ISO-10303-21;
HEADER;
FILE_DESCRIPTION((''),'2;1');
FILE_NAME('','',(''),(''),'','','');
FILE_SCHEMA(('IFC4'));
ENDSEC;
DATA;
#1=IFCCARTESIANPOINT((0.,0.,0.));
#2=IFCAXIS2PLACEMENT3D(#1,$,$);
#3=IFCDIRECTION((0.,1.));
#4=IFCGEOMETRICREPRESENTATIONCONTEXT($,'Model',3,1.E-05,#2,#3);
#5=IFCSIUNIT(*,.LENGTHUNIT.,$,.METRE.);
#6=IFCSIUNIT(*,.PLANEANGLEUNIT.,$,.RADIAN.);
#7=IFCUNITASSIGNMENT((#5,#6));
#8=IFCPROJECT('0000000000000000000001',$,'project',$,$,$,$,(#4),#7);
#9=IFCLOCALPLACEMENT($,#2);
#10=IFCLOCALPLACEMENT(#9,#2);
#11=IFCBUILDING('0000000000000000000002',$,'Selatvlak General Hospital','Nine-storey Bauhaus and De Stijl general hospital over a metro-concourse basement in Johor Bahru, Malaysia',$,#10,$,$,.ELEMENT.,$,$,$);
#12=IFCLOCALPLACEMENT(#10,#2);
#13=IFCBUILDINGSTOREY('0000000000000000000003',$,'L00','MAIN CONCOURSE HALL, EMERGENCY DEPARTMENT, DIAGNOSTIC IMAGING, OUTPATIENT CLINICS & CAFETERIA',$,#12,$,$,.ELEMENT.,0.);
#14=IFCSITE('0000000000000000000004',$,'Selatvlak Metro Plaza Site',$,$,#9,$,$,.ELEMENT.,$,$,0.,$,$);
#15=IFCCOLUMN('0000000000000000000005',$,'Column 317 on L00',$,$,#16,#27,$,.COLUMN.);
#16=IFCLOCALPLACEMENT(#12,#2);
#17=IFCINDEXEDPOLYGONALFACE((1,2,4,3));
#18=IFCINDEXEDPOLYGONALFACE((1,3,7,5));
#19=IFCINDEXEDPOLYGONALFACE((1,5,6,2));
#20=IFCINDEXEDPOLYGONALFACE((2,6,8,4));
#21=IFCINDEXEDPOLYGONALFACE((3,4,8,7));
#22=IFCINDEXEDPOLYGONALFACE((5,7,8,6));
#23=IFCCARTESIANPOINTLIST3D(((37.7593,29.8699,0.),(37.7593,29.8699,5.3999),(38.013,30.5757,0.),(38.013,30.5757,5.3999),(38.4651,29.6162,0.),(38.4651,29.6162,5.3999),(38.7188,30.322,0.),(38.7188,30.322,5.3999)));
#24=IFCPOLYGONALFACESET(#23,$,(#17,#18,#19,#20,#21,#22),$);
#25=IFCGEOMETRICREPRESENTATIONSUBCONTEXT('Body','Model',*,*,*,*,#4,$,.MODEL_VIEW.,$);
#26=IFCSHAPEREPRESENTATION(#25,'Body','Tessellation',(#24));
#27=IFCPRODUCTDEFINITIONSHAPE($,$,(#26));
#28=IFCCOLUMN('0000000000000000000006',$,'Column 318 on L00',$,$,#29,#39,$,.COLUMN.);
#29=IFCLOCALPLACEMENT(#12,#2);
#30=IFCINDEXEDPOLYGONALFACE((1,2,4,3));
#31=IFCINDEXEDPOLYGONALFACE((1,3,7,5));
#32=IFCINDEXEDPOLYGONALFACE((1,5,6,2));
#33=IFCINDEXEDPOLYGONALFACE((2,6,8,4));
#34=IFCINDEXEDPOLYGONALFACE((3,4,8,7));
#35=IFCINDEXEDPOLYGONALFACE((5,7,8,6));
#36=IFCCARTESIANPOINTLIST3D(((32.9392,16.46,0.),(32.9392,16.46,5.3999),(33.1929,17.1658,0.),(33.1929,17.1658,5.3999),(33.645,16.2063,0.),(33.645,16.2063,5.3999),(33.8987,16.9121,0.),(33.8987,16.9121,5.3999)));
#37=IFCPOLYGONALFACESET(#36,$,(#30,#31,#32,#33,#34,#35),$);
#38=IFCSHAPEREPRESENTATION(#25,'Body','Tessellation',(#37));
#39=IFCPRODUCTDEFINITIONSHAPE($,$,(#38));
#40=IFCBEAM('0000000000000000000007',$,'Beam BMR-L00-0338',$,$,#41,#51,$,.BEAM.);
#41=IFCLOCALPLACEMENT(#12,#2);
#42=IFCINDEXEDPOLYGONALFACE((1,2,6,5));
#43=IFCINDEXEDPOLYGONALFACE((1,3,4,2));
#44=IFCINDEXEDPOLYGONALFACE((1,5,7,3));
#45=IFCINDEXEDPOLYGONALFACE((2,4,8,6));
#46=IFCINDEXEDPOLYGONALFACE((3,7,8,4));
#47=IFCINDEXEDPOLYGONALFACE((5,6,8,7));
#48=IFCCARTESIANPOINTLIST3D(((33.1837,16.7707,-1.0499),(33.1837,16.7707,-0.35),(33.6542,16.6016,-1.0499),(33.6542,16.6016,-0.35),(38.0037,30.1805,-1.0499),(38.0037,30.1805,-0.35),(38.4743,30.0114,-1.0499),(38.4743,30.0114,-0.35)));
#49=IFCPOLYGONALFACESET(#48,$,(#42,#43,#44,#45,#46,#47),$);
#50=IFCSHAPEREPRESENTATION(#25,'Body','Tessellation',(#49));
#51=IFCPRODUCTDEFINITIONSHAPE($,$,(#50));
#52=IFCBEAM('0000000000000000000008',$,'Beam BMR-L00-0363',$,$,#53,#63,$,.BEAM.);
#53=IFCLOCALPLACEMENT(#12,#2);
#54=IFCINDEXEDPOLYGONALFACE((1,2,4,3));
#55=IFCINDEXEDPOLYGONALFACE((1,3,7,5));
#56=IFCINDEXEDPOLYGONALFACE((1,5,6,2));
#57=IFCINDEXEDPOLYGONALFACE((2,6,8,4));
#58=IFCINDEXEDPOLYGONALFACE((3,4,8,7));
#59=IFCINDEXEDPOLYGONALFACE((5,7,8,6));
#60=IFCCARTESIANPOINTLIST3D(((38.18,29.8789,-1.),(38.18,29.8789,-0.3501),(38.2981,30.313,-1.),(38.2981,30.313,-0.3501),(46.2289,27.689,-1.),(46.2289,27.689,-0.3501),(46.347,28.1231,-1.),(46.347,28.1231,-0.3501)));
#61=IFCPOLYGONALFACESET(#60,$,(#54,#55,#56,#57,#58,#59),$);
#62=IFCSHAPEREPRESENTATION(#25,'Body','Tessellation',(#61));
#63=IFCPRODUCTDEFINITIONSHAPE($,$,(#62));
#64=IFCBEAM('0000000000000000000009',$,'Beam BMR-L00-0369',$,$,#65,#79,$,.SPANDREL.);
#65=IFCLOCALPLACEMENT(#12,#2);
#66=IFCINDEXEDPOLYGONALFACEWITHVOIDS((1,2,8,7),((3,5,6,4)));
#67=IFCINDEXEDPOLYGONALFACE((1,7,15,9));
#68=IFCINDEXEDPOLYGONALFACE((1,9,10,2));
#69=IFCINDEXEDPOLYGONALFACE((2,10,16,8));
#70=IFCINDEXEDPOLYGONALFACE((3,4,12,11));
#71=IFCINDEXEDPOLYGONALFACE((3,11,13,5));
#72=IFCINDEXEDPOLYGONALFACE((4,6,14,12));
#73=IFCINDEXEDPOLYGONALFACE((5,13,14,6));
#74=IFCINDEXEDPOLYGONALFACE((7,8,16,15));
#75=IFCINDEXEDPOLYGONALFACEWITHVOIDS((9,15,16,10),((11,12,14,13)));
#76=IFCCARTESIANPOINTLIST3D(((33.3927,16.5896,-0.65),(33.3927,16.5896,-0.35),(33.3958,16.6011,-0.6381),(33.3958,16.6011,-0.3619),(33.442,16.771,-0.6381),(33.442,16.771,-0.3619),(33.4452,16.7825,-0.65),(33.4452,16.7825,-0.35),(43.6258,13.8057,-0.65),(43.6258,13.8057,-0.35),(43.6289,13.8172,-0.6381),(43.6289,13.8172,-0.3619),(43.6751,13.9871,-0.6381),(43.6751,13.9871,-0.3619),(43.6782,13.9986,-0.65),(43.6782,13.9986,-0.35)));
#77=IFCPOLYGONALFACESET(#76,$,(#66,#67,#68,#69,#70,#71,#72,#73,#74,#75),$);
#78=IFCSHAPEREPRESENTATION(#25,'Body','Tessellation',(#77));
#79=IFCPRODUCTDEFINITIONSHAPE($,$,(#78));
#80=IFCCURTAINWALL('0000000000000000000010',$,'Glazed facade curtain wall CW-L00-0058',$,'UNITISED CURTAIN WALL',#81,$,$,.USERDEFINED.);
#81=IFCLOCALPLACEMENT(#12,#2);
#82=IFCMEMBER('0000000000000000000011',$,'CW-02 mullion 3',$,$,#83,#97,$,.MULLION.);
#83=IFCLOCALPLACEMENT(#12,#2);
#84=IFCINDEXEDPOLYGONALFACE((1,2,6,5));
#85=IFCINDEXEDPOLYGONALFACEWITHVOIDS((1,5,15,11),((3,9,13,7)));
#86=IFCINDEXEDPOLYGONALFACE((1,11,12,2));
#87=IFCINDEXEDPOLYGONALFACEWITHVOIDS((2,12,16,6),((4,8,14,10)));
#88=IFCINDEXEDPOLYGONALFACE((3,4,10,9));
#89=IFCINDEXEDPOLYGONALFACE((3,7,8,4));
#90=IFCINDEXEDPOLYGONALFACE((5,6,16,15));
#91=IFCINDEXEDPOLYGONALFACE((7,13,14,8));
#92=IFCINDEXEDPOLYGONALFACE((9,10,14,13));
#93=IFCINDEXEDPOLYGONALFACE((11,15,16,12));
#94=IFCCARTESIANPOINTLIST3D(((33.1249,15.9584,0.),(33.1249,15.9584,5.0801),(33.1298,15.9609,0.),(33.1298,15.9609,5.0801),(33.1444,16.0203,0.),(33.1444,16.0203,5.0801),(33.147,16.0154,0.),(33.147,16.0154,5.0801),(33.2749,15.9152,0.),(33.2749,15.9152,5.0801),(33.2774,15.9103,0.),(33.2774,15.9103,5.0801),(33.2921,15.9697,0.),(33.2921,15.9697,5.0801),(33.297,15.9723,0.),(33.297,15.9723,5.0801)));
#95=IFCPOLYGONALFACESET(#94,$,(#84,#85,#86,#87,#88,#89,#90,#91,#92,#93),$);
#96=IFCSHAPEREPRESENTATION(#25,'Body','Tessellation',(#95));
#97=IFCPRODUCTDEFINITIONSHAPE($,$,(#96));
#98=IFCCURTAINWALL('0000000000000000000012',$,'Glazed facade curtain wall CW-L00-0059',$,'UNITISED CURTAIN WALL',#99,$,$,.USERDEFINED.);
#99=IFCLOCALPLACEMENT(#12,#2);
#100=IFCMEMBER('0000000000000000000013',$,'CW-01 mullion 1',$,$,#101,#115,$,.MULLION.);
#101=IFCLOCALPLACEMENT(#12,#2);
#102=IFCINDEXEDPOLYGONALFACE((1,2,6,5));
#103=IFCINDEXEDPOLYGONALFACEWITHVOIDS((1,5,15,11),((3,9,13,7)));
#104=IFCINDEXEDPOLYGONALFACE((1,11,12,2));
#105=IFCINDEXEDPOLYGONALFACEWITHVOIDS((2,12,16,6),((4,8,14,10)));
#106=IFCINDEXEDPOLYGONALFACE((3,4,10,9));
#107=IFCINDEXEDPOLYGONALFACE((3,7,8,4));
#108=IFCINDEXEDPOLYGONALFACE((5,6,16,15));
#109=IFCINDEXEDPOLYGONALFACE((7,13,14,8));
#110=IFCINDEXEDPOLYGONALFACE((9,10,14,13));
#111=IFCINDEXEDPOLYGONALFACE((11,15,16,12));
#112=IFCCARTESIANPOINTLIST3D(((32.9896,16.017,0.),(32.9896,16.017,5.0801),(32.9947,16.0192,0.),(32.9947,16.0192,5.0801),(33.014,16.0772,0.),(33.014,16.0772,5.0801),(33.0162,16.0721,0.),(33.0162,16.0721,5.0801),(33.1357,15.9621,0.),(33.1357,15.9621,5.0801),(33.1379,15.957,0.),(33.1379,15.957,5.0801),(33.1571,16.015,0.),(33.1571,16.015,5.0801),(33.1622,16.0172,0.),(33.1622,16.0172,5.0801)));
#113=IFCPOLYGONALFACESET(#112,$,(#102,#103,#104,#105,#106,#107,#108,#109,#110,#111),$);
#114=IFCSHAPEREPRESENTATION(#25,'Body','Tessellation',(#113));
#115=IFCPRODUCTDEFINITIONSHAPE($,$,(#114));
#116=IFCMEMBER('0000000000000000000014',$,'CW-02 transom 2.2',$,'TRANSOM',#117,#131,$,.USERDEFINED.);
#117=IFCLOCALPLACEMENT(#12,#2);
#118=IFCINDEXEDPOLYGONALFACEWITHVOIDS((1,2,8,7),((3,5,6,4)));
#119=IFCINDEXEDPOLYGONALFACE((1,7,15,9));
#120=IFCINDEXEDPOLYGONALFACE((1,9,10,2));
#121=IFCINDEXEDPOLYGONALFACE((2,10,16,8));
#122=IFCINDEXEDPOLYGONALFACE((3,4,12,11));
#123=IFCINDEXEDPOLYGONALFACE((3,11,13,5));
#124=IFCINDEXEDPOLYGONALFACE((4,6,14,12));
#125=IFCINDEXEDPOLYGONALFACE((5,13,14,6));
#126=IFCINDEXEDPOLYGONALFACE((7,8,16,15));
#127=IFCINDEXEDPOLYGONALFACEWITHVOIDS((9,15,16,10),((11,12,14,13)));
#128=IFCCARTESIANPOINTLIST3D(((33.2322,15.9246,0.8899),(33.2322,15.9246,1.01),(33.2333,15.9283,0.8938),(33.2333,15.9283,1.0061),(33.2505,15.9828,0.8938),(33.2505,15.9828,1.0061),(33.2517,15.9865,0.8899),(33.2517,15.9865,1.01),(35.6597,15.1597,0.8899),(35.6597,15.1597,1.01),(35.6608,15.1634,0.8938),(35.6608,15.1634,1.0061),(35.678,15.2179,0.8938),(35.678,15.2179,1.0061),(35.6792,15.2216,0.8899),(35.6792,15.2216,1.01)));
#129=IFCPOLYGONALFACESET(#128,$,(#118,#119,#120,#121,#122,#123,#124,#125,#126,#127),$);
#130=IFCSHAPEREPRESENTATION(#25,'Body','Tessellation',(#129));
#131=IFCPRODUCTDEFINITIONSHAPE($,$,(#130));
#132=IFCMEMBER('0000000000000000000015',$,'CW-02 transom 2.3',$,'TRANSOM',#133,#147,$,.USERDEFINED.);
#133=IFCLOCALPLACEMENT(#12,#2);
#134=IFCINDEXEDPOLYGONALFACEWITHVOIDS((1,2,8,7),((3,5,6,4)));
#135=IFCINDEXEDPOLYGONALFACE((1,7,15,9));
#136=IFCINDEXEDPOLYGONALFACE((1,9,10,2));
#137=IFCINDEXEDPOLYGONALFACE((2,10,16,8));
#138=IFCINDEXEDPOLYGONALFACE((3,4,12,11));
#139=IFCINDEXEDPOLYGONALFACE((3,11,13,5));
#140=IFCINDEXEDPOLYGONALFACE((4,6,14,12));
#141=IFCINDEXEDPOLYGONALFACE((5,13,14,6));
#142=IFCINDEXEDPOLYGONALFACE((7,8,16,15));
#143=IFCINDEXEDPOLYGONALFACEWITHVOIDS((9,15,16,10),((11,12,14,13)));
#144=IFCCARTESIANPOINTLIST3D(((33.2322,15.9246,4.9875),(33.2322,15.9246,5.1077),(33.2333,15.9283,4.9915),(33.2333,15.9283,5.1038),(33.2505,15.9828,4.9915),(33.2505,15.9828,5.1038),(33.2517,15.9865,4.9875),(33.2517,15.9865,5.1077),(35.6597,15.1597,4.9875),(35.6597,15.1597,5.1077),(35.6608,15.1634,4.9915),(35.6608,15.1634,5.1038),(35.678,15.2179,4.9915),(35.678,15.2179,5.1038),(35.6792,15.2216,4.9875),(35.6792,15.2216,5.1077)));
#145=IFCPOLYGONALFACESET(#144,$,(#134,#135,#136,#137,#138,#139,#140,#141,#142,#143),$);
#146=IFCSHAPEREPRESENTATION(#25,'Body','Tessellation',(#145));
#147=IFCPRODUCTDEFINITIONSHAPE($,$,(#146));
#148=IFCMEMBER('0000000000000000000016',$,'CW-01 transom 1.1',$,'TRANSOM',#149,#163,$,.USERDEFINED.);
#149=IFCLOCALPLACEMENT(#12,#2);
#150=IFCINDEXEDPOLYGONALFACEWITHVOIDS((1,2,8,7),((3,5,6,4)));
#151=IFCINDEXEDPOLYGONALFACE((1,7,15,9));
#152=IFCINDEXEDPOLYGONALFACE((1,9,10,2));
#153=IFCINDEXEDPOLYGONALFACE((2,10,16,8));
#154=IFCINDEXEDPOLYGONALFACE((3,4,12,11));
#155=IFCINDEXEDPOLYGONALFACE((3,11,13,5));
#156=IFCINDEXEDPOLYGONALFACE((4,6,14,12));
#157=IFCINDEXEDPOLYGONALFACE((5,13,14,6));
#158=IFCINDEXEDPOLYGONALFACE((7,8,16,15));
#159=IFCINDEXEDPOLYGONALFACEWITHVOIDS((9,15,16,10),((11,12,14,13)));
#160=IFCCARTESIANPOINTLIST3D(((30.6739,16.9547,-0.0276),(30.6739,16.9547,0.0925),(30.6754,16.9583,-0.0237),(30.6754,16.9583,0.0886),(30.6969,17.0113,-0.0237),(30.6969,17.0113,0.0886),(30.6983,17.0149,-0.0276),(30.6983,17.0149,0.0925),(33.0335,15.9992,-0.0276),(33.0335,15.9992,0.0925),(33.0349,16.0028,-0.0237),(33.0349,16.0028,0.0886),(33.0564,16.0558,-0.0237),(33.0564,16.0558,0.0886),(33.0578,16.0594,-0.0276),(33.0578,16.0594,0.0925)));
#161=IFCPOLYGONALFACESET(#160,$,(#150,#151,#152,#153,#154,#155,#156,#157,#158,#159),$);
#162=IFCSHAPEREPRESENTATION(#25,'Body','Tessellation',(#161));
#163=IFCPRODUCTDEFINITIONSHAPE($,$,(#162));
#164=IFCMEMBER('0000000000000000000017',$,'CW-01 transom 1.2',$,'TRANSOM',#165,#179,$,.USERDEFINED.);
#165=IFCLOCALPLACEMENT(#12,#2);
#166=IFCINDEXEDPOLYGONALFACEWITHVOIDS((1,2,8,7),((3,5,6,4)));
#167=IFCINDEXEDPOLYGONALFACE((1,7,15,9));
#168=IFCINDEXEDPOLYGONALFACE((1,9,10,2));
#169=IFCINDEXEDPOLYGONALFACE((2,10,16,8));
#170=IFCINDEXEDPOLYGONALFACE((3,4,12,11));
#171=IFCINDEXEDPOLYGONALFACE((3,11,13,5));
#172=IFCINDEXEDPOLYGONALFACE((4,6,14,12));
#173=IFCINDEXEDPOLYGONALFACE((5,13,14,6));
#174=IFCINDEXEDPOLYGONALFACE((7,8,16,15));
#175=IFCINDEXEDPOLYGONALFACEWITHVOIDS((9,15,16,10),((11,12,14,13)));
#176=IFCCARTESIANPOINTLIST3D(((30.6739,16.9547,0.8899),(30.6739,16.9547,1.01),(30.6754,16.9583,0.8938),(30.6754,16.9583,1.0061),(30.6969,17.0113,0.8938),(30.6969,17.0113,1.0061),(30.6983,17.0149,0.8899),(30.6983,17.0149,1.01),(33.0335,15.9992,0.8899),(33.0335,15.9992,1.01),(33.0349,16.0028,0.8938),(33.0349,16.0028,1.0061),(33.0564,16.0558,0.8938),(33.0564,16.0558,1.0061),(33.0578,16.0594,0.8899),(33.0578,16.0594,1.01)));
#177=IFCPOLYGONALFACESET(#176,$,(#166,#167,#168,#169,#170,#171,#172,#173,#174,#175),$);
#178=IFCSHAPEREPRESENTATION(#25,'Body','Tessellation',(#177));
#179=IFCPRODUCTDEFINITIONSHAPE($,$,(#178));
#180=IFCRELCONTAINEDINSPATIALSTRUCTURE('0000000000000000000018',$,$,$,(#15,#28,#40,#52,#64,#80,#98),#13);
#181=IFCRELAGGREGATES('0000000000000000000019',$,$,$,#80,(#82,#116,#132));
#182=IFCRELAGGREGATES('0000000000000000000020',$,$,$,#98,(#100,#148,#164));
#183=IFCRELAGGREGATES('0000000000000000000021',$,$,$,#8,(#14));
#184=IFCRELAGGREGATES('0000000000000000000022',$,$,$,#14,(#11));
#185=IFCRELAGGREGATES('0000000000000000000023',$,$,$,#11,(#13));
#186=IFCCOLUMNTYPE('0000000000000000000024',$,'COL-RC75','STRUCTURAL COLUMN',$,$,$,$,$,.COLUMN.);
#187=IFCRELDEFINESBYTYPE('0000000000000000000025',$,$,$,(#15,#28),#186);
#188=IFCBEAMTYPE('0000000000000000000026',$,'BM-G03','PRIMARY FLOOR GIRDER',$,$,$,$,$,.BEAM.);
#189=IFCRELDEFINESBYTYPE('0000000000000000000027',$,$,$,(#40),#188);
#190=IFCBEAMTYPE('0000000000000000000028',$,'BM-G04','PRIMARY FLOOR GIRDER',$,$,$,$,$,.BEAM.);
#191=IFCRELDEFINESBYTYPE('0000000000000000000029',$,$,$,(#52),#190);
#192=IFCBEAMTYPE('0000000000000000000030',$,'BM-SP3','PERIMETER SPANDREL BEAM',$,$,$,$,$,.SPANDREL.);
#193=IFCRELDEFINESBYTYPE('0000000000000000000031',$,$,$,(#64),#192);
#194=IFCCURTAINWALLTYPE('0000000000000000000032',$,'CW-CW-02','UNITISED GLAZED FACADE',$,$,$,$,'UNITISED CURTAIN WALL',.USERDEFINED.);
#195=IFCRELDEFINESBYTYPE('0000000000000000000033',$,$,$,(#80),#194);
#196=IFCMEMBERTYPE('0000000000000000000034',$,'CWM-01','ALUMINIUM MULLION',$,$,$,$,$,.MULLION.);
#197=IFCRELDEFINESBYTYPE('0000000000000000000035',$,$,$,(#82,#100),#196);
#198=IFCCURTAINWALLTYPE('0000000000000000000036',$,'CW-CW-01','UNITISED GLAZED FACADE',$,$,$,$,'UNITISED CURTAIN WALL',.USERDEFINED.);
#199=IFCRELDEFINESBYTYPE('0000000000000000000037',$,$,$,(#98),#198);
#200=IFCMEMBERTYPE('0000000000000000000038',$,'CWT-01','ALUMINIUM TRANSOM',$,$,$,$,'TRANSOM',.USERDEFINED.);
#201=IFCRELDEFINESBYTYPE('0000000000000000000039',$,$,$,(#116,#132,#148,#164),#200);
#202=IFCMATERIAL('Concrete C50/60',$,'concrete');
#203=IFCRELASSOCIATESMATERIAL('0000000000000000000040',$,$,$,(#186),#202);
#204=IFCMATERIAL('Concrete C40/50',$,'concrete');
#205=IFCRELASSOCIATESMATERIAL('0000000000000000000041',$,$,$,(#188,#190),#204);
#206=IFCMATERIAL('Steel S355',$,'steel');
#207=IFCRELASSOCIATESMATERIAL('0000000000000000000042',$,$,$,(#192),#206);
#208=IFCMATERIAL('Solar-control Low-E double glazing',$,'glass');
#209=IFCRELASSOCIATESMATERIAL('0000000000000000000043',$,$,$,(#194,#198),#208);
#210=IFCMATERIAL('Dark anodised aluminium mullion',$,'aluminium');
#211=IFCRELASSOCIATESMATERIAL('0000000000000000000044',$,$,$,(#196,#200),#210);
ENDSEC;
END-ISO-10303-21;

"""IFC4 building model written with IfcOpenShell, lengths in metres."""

from ifc_helpers import new_model, si_unit, direction, frame, origin, origin_2d, place, context, subcontext, project, spatial, rectangle, hollow_rectangle, extrude, material, material_profile, profile_set, type_object, element, aggregate, save


model = new_model("IFC4")

# Units and contexts
model_context = context("Model", 3, precision=1e-05, world=origin(), true_north=direction((0.0, 1.0)))
body_context = subcontext(model_context, "Body", "Model", "MODEL_VIEW")
ifc_project = project(units=[si_unit("LENGTHUNIT", "METRE"), si_unit("PLANEANGLEUNIT", "RADIAN")], contexts=[model_context])

# Site, building, storey
site_placement = place(None, origin())
site = spatial("IfcSite", under=ifc_project, at=site_placement, Name="Selatvlak Metro Plaza Site", CompositionType="ELEMENT", RefElevation=0.0)
building_placement = place(site_placement, origin())
building = spatial("IfcBuilding", under=site, at=building_placement, Name="Selatvlak General Hospital", Description="Nine-storey Bauhaus and De Stijl general hospital over a metro-concourse basement in Johor Bahru, Malaysia", CompositionType="ELEMENT")
storey_placement = place(building_placement, origin())
storey = spatial("IfcBuildingStorey", under=building, at=storey_placement, Name="L00", Description="MAIN CONCOURSE HALL, EMERGENCY DEPARTMENT, DIAGNOSTIC IMAGING, OUTPATIENT CLINICS & CAFETERIA", CompositionType="ELEMENT", Elevation=0.0)

# Columns
ifc_material_1 = material(Name="Concrete C50/60", Category="concrete")
ifc_material_profile_1 = material_profile(ifc_material_1, rectangle(XDim=0.75, YDim=0.75, at=origin_2d()), Name="RC-COL 750x750")
ifc_profile_set_1 = profile_set([ifc_material_profile_1], Name="Concrete C50/60")
column_type = type_object("IfcColumnType", Name="COL-RC75", Description="STRUCTURAL COLUMN", PredefinedType="COLUMN", material=ifc_profile_set_1)
for number, where, z_axis, x_axis, name in (
    (1, (38.239, 30.0959, 0.0), (0.0, 0.0, 1.0), (0.338262, 0.941052, 0.0), "Column 317 on L00"),
    (2, (33.4189, 16.686, 0.0), (0.0, 0.0, 1.0), (0.338262, 0.941052, 0.0), "Column 318 on L00"),
):
    element("IfcColumn", number, at=place(storey_placement, frame(where, z_axis=z_axis, x_axis=x_axis)), inside=storey, type_object=column_type, Name=name, PredefinedType="COLUMN", context=body_context, shape_type="SweptSolid", body=[
        extrude(rectangle(XDim=0.75, YDim=0.75, at=origin_2d()), origin(), (0.0, 0.0, 1.0), 5.3999),
    ])

# Beams
ifc_material_2 = material(Name="Concrete C40/50", Category="concrete")
ifc_material_profile_2 = material_profile(ifc_material_2, rectangle(XDim=0.5, YDim=0.7, at=origin_2d()), Name="RC-BM 500x700")
ifc_profile_set_2 = profile_set([ifc_material_profile_2], Name="Concrete C40/50")
beam_type_1 = type_object("IfcBeamType", Name="BM-G03", Description="PRIMARY FLOOR GIRDER", PredefinedType="BEAM", material=ifc_profile_set_2)
beam_1_placement = place(storey_placement, frame((38.239, 30.0959, -0.7), z_axis=(-0.338253, -0.941055, 0.0), x_axis=(0.941055, -0.338253, 0.0)))
element("IfcBeam", 3, at=beam_1_placement, inside=storey, type_object=beam_type_1, Name="Beam BMR-L00-0338", PredefinedType="BEAM", context=body_context, shape_type="SweptSolid", body=[
    extrude(rectangle(XDim=0.5, YDim=0.7, at=origin_2d()), origin(), (0.0, 0.0, 1.0), 14.2498),
])
ifc_material_profile_3 = material_profile(ifc_material_2, rectangle(XDim=0.45, YDim=0.6499, at=origin_2d()), Name="RC-BM 450x650")
ifc_profile_set_3 = profile_set([ifc_material_profile_3], Name="Concrete C40/50")
beam_type_2 = type_object("IfcBeamType", Name="BM-G04", Description="PRIMARY FLOOR GIRDER", PredefinedType="BEAM", material=ifc_profile_set_3)
beam_2_placement = place(storey_placement, frame((38.239, 30.0959, -0.675), z_axis=(0.964924, -0.26253, 0.0), x_axis=(0.26253, 0.964924, 0.0)))
element("IfcBeam", 4, at=beam_2_placement, inside=storey, type_object=beam_type_2, Name="Beam BMR-L00-0363", PredefinedType="BEAM", context=body_context, shape_type="SweptSolid", body=[
    extrude(rectangle(XDim=0.45, YDim=0.6499, at=origin_2d()), origin(), (0.0, 0.0, 1.0), 8.3416),
])
ifc_material_3 = material(Name="Steel S355", Category="steel")
ifc_material_profile_4 = material_profile(ifc_material_3, hollow_rectangle(XDim=0.2, YDim=0.3, WallThickness=0.012, at=origin_2d()), Name="RHS 300x200x12")
ifc_profile_set_4 = profile_set([ifc_material_profile_4], Name="Steel S355")
beam_type_3 = type_object("IfcBeamType", Name="BM-SP3", Description="PERIMETER SPANDREL BEAM", PredefinedType="SPANDREL", material=ifc_profile_set_4)
beam_3_placement = place(storey_placement, frame((33.4189, 16.686, -0.5), z_axis=(0.964929, -0.26251, 0.0), x_axis=(0.26251, 0.964929, 0.0)))
element("IfcBeam", 5, at=beam_3_placement, inside=storey, type_object=beam_type_3, Name="Beam BMR-L00-0369", PredefinedType="SPANDREL", context=body_context, shape_type="SweptSolid", body=[
    extrude(hollow_rectangle(XDim=0.2, YDim=0.3, WallThickness=0.012, at=origin_2d()), origin(), (0.0, 0.0, 1.0), 10.605),
])

# Curtain walls, members
ifc_material_4 = material(Name="Solar-control Low-E double glazing", Category="glass")
curtain_wall_type_1 = type_object("IfcCurtainWallType", Name="CW-CW-02", Description="UNITISED GLAZED FACADE", ElementType="UNITISED CURTAIN WALL", PredefinedType="USERDEFINED", material=ifc_material_4)
curtain_wall_1_placement = place(storey_placement, origin())
curtain_wall_1 = element("IfcCurtainWall", 6, at=curtain_wall_1_placement, inside=storey, type_object=curtain_wall_type_1, Name="Glazed facade curtain wall CW-L00-0058", ObjectType="UNITISED CURTAIN WALL", PredefinedType="USERDEFINED")
ifc_material_5 = material(Name="Dark anodised aluminium mullion", Category="aluminium")
ifc_material_profile_5 = material_profile(ifc_material_5, hollow_rectangle(XDim=0.0649, YDim=0.1599, WallThickness=0.0039, at=origin_2d()), Name="AL-MUL 65x160x4")
ifc_profile_set_5 = profile_set([ifc_material_profile_5], Name="Dark anodised aluminium mullion")
member_type_1 = type_object("IfcMemberType", Name="CWM-01", Description="ALUMINIUM MULLION", PredefinedType="MULLION", material=ifc_profile_set_5)
member_1_placement = place(storey_placement, frame((33.2109, 15.9653, 0.0), z_axis=(0.0, 0.0, 1.0), x_axis=(-0.300461, -0.953794, 0.0)))
member_1 = element("IfcMember", 7, at=member_1_placement, type_object=member_type_1, Name="CW-02 mullion 3", PredefinedType="MULLION", context=body_context, shape_type="SweptSolid", body=[
    extrude(hollow_rectangle(XDim=0.0649, YDim=0.1599, WallThickness=0.0039, at=origin_2d()), origin(), (0.0, 0.0, 1.0), 5.0801),
])
curtain_wall_type_2 = type_object("IfcCurtainWallType", Name="CW-CW-01", Description="UNITISED GLAZED FACADE", ElementType="UNITISED CURTAIN WALL", PredefinedType="USERDEFINED", material=ifc_material_4)
curtain_wall_2_placement = place(storey_placement, origin())
curtain_wall_2 = element("IfcCurtainWall", 8, at=curtain_wall_2_placement, inside=storey, type_object=curtain_wall_type_2, Name="Glazed facade curtain wall CW-L00-0059", ObjectType="UNITISED CURTAIN WALL", PredefinedType="USERDEFINED")
member_2_placement = place(storey_placement, frame((33.0759, 16.0171, 0.0), z_axis=(0.0, 0.0, 1.0), x_axis=(-0.375301, -0.926903, 0.0)))
member_2 = element("IfcMember", 9, at=member_2_placement, type_object=member_type_1, Name="CW-01 mullion 1", PredefinedType="MULLION", context=body_context, shape_type="SweptSolid", body=[
    extrude(hollow_rectangle(XDim=0.0649, YDim=0.1599, WallThickness=0.0039, at=origin_2d()), origin(), (0.0, 0.0, 1.0), 5.0801),
])

# Members
ifc_material_profile_6 = material_profile(ifc_material_5, hollow_rectangle(XDim=0.0649, YDim=0.1201, WallThickness=0.0039, at=origin_2d()), Name="AL-TRN 65x120x4")
ifc_profile_set_6 = profile_set([ifc_material_profile_6], Name="Dark anodised aluminium mullion")
member_type_2 = type_object("IfcMemberType", Name="CWT-01", Description="ALUMINIUM TRANSOM", ElementType="TRANSOM", PredefinedType="USERDEFINED", material=ifc_profile_set_6)
member_3_placement = place(storey_placement, frame((35.6694, 15.1907, 0.95), z_axis=(-0.953772, 0.30053, 0.0), x_axis=(-0.30053, -0.953772, 0.0)))
member_3 = element("IfcMember", 10, at=member_3_placement, type_object=member_type_2, Name="CW-02 transom 2.2", ObjectType="TRANSOM", PredefinedType="USERDEFINED", context=body_context, shape_type="SweptSolid", body=[
    extrude(hollow_rectangle(XDim=0.0649, YDim=0.1201, WallThickness=0.0039, at=origin_2d()), origin(), (0.0, 0.0, 1.0), 2.5452),
])
member_4_placement = place(storey_placement, frame((35.6694, 15.1907, 5.0476), z_axis=(-0.953772, 0.30053, 0.0), x_axis=(-0.30053, -0.953772, 0.0)))
member_4 = element("IfcMember", 11, at=member_4_placement, type_object=member_type_2, Name="CW-02 transom 2.3", ObjectType="TRANSOM", PredefinedType="USERDEFINED", context=body_context, shape_type="SweptSolid", body=[
    extrude(hollow_rectangle(XDim=0.0649, YDim=0.1201, WallThickness=0.0039, at=origin_2d()), origin(), (0.0, 0.0, 1.0), 2.5452),
])
member_5_placement = place(storey_placement, frame((33.0457, 16.0293, 0.0325), z_axis=(-0.926881, 0.375356, 0.0), x_axis=(-0.375356, -0.926881, 0.0)))
member_5 = element("IfcMember", 12, at=member_5_placement, type_object=member_type_2, Name="CW-01 transom 1.1", ObjectType="TRANSOM", PredefinedType="USERDEFINED", context=body_context, shape_type="SweptSolid", body=[
    extrude(hollow_rectangle(XDim=0.0649, YDim=0.1201, WallThickness=0.0039, at=origin_2d()), origin(), (0.0, 0.0, 1.0), 2.5457),
])
member_6_placement = place(storey_placement, frame((33.0457, 16.0293, 0.95), z_axis=(-0.926881, 0.375356, 0.0), x_axis=(-0.375356, -0.926881, 0.0)))
member_6 = element("IfcMember", 13, at=member_6_placement, type_object=member_type_2, Name="CW-01 transom 1.2", ObjectType="TRANSOM", PredefinedType="USERDEFINED", context=body_context, shape_type="SweptSolid", body=[
    extrude(hollow_rectangle(XDim=0.0649, YDim=0.1201, WallThickness=0.0039, at=origin_2d()), origin(), (0.0, 0.0, 1.0), 2.5457),
])

aggregate(curtain_wall_1, [member_1, member_3, member_4])
aggregate(curtain_wall_2, [member_2, member_5, member_6])

save(model, "model.ifc")
